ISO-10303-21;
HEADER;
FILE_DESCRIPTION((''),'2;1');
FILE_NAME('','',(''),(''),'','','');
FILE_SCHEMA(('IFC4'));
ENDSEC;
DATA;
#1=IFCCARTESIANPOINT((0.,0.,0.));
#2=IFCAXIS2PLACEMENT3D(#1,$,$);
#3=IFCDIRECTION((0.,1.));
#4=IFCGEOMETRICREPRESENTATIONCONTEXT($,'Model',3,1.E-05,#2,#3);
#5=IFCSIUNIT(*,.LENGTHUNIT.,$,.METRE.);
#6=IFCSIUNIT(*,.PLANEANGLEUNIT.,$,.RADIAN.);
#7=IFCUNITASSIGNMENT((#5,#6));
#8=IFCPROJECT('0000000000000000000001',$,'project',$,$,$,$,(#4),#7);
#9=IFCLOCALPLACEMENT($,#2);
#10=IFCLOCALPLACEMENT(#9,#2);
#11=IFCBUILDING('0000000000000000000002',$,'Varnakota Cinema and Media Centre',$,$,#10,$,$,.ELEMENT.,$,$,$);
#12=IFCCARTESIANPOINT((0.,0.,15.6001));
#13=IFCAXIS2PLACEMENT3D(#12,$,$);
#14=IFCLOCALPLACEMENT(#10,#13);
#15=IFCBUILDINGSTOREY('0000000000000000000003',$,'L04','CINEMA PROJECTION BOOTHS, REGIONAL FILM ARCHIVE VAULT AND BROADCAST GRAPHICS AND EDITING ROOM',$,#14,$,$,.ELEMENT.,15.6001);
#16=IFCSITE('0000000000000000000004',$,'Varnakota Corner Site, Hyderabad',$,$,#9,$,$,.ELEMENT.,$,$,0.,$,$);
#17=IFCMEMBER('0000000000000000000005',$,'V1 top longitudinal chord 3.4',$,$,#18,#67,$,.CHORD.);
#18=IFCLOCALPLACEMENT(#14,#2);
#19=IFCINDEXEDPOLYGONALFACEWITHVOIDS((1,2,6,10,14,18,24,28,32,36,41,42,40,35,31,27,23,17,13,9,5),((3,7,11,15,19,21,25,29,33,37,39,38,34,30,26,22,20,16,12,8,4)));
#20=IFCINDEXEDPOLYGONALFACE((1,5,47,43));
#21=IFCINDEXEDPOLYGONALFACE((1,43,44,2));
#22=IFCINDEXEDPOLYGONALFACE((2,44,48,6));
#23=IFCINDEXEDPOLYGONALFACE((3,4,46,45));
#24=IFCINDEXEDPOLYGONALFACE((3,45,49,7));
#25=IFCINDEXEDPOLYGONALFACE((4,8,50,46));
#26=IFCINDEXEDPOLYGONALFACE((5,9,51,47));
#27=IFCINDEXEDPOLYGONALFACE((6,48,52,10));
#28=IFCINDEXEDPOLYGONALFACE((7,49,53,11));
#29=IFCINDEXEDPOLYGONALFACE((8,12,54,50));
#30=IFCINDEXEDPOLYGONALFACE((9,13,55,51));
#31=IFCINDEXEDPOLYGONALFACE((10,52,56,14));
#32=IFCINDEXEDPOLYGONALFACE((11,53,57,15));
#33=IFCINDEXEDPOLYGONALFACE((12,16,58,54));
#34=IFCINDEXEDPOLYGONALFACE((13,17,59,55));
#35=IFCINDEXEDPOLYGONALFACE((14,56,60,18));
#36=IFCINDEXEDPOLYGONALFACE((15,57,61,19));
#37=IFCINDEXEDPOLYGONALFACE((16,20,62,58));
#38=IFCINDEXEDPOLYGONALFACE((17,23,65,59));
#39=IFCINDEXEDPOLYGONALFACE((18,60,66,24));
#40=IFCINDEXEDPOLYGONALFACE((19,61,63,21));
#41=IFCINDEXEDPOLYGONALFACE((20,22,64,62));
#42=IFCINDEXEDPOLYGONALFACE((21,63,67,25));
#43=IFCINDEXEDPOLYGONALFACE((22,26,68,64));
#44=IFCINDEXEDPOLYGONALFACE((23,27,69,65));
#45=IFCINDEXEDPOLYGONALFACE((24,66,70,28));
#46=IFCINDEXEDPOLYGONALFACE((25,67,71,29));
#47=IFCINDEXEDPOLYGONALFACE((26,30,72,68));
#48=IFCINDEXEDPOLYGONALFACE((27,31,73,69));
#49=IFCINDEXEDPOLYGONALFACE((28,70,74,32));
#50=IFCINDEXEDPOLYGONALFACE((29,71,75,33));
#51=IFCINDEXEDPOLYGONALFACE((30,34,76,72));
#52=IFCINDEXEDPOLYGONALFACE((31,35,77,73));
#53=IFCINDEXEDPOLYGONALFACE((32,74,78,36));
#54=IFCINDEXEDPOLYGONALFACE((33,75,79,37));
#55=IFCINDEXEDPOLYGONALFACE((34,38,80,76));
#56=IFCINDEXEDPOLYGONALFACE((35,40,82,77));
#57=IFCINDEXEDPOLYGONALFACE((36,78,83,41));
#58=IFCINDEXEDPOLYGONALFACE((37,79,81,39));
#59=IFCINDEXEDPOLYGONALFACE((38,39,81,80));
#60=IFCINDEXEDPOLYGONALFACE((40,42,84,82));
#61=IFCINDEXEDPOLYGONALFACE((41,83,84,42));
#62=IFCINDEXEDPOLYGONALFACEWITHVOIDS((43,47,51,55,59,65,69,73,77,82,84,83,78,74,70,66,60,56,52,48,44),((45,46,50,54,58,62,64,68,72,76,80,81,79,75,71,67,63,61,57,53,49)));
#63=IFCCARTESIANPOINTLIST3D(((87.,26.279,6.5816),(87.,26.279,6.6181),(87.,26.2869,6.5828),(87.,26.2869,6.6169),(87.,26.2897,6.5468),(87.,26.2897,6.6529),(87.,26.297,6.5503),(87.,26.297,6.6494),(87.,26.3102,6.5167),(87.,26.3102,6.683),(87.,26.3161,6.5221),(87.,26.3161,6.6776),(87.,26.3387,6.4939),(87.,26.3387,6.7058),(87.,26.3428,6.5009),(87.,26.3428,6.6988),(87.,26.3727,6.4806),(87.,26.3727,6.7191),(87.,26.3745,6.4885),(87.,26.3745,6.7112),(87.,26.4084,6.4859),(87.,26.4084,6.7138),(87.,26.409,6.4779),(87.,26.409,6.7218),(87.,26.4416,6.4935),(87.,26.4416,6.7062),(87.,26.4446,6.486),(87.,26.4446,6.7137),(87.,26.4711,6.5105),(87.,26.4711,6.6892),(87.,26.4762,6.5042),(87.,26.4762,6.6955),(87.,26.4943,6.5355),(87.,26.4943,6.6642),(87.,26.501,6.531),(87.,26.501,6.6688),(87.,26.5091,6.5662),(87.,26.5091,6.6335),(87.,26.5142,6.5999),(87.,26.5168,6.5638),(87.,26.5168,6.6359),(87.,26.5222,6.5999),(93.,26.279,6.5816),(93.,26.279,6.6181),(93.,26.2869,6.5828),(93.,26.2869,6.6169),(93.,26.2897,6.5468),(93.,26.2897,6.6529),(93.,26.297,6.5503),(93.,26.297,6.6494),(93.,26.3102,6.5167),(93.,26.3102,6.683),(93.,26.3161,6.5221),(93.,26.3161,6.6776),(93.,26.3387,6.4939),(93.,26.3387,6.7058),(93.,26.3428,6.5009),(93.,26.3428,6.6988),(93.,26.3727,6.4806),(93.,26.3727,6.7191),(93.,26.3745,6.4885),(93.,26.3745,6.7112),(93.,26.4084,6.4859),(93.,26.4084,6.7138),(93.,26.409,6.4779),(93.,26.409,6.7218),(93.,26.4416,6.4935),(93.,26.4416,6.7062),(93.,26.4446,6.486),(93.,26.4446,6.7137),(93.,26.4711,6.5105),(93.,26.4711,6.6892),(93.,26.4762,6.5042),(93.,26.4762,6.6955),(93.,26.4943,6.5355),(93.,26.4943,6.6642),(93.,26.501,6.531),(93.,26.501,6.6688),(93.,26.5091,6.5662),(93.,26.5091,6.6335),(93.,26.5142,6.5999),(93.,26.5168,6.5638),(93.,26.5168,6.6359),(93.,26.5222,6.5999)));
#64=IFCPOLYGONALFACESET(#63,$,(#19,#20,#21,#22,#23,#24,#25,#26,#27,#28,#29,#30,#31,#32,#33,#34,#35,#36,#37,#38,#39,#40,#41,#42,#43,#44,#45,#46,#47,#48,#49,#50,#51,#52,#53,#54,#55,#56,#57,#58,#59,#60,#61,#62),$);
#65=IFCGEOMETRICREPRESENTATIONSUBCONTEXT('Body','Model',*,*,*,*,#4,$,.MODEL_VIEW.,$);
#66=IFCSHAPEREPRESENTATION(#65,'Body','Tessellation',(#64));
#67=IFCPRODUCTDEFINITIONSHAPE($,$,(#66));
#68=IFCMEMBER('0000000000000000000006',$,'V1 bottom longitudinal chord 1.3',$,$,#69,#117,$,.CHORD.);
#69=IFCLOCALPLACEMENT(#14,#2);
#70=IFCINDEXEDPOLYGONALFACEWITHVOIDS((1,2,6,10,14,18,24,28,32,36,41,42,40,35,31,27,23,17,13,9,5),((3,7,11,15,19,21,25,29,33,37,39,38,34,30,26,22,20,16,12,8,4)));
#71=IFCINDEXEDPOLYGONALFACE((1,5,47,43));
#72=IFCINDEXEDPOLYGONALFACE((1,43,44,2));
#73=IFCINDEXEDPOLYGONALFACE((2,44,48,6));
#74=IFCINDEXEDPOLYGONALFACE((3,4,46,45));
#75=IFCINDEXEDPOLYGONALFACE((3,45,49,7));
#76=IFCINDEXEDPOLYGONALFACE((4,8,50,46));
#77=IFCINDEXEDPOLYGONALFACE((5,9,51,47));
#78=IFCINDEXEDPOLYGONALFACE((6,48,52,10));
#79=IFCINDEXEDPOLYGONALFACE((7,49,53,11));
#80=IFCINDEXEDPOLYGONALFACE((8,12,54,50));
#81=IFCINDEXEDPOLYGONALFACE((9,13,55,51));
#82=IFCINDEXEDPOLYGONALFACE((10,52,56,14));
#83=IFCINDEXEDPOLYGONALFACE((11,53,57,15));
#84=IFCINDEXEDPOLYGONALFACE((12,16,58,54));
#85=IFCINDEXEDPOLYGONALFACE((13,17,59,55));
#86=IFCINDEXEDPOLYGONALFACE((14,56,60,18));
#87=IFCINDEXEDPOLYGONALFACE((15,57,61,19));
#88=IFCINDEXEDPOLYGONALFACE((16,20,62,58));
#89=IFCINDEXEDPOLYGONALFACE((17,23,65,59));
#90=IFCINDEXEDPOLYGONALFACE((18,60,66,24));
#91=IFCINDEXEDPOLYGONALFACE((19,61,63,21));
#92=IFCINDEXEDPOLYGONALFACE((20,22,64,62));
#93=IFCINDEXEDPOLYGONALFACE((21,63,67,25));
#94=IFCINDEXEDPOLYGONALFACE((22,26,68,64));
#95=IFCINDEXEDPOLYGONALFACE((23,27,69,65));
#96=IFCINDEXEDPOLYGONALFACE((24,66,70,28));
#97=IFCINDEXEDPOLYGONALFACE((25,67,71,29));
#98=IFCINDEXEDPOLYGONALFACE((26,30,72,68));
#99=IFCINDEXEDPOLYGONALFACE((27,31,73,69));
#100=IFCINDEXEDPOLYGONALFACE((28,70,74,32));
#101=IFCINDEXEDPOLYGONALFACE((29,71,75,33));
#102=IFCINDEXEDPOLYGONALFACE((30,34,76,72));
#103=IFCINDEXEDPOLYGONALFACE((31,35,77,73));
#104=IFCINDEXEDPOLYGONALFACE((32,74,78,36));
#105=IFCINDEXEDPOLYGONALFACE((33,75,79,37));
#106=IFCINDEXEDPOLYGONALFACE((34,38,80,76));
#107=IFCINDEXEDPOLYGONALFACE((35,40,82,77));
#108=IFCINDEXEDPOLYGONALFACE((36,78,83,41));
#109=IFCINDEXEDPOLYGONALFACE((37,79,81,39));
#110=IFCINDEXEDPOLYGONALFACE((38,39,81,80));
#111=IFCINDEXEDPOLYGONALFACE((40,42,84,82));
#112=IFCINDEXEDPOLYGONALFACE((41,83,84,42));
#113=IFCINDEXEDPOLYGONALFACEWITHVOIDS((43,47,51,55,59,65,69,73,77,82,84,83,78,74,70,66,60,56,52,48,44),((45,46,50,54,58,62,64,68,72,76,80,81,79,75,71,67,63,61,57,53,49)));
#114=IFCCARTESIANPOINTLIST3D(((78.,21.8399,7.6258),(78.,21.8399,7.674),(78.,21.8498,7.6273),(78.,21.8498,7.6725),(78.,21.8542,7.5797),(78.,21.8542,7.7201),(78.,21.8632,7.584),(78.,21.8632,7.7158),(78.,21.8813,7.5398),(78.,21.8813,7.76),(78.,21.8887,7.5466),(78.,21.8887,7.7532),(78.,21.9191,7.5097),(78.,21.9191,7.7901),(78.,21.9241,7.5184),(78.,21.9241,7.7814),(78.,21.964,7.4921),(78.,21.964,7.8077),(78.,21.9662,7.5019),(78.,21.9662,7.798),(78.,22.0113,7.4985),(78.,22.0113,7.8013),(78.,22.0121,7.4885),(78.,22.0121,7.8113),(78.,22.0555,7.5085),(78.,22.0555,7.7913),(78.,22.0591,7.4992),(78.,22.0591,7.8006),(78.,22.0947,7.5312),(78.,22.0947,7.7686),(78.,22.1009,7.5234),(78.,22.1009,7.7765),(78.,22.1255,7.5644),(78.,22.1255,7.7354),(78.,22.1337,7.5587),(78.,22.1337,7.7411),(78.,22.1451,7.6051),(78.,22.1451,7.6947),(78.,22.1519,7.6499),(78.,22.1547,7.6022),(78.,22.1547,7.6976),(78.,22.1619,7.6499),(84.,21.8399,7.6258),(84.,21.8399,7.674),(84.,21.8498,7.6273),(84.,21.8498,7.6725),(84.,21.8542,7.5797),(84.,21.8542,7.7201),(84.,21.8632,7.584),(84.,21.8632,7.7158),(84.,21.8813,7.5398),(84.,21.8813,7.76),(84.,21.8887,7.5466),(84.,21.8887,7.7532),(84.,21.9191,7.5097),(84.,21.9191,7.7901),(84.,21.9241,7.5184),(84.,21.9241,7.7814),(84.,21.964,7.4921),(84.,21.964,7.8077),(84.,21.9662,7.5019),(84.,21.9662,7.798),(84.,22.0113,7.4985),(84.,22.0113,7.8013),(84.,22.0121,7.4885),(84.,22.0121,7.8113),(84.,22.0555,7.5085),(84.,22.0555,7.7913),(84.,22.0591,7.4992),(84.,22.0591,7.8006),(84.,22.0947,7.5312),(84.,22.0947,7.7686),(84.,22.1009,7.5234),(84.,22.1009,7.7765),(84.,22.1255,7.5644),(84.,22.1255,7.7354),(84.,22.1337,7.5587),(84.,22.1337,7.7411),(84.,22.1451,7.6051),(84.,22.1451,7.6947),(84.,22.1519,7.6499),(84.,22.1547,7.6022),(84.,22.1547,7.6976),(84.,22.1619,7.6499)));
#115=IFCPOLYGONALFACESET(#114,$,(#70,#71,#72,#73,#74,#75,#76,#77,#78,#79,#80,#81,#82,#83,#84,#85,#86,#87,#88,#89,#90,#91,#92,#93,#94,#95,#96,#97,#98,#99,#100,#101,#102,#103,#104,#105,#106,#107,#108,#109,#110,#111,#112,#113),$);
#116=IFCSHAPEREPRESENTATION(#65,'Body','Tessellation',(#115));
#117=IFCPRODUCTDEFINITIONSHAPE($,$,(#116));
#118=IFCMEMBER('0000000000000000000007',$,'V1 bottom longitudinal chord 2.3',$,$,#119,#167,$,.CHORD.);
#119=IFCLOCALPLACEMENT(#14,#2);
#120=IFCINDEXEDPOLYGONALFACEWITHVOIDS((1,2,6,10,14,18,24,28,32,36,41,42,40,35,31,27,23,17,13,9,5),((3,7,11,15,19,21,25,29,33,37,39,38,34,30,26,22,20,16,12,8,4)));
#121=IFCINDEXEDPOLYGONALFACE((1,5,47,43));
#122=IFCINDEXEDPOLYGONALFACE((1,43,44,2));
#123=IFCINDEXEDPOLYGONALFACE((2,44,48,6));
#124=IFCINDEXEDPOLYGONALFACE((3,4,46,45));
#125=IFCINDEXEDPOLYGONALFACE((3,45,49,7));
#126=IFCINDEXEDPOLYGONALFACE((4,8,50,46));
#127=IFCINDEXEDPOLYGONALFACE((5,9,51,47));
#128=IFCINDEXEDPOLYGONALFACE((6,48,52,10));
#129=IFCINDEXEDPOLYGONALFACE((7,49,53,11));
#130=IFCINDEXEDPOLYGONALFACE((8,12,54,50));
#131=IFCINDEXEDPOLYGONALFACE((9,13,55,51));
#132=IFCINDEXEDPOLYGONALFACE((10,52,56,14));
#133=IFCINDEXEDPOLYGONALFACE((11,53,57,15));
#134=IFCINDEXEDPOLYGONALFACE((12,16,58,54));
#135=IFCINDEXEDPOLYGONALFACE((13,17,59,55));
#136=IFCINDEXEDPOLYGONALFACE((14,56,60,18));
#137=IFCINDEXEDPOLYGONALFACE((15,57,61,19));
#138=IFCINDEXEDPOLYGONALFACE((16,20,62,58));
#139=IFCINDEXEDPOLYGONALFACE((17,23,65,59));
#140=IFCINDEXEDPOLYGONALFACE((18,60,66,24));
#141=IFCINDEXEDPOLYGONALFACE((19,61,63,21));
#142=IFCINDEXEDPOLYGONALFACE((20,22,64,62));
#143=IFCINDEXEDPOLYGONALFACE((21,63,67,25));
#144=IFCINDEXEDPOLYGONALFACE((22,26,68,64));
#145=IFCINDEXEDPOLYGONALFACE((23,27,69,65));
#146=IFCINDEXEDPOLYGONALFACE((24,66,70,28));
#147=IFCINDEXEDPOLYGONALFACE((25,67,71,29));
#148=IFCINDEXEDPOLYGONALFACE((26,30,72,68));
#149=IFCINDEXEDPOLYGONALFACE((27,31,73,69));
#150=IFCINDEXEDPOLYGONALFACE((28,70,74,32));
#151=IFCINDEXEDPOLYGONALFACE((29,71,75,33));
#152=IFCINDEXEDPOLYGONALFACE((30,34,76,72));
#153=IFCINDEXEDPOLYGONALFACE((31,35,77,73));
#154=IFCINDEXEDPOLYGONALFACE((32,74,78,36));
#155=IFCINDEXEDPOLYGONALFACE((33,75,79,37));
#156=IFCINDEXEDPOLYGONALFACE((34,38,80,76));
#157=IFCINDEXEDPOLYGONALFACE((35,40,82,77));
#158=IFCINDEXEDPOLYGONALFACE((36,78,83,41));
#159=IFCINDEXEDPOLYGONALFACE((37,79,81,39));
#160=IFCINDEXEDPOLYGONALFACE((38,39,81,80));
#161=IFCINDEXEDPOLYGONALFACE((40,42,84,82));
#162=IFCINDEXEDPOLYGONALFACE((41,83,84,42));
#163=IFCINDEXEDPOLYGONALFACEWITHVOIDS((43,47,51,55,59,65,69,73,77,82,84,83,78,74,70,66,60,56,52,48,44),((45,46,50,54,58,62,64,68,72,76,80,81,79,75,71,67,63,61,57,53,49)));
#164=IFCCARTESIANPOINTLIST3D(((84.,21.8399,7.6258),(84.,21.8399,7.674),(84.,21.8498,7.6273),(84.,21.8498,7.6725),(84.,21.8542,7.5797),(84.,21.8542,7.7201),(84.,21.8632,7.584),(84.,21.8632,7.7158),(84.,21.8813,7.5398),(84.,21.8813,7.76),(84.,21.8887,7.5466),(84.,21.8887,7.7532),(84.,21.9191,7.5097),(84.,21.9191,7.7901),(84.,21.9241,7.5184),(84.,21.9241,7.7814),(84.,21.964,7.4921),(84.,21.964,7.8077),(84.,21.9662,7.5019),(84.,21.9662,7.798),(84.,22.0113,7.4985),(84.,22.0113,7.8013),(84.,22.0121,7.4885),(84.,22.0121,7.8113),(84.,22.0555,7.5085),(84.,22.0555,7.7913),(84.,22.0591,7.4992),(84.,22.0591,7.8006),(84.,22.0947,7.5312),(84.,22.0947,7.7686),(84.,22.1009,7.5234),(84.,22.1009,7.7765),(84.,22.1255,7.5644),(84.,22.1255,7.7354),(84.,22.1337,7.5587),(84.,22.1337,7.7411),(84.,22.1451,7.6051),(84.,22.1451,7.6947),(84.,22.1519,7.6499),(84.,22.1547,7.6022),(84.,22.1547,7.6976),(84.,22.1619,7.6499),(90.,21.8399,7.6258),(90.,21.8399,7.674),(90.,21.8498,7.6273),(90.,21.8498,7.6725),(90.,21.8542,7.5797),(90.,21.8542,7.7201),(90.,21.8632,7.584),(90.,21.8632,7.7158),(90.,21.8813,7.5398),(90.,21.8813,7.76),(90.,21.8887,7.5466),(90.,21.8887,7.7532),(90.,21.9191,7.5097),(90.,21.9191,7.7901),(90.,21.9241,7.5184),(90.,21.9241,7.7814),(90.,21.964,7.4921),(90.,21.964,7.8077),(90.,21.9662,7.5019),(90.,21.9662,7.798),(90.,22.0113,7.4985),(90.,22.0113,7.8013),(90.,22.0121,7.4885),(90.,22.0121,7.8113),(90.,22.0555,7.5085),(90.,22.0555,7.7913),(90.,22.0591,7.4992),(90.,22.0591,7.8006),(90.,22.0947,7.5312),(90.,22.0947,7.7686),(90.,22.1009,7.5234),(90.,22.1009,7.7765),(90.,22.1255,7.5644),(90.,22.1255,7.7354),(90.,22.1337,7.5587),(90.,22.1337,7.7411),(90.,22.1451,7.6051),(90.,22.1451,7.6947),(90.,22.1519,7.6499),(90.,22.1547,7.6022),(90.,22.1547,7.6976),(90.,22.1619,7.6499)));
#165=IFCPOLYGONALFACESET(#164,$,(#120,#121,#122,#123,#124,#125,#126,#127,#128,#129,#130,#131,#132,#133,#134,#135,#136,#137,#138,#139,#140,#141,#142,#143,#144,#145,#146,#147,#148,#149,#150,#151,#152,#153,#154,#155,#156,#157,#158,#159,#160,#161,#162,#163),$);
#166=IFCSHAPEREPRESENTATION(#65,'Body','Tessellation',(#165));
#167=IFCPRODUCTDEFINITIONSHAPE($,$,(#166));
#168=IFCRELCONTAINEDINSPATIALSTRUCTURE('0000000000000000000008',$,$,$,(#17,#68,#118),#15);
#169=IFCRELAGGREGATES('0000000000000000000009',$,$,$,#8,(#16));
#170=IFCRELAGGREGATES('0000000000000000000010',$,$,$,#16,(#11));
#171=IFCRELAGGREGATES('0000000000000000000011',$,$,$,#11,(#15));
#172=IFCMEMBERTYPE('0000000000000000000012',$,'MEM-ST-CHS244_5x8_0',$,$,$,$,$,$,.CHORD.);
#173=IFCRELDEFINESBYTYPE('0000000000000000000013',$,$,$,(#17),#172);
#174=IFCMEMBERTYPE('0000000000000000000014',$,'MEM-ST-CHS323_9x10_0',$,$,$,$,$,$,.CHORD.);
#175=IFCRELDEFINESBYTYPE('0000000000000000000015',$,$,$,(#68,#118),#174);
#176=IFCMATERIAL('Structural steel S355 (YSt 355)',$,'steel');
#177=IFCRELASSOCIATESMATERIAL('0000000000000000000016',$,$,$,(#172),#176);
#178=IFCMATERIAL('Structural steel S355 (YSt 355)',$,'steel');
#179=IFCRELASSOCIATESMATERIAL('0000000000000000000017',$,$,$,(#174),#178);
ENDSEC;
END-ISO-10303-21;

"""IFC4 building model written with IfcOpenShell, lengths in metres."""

from ifc_helpers import new_model, si_unit, direction, frame, origin, origin_2d, place, context, subcontext, project, spatial, hollow_circle, extrude, material, material_profile, profile_set, type_object, element, save


model = new_model("IFC4")

# Units and contexts
model_context = context("Model", 3, precision=1e-05, world=origin(), true_north=direction((0.0, 1.0)))
body_context = subcontext(model_context, "Body", "Model", "MODEL_VIEW")
ifc_project = project(units=[si_unit("LENGTHUNIT", "METRE"), si_unit("PLANEANGLEUNIT", "RADIAN")], contexts=[model_context])

# Site, building, storey
site_placement = place(None, origin())
site = spatial("IfcSite", under=ifc_project, at=site_placement, Name="Varnakota Corner Site, Hyderabad", CompositionType="ELEMENT", RefElevation=0.0)
building_placement = place(site_placement, origin())
building = spatial("IfcBuilding", under=site, at=building_placement, Name="Varnakota Cinema and Media Centre", CompositionType="ELEMENT")
storey_placement = place(building_placement, frame((0.0, 0.0, 15.6001)))
storey = spatial("IfcBuildingStorey", under=building, at=storey_placement, Name="L04", Description="CINEMA PROJECTION BOOTHS, REGIONAL FILM ARCHIVE VAULT AND BROADCAST GRAPHICS AND EDITING ROOM", CompositionType="ELEMENT", Elevation=15.6001)

# Members
ifc_material_1 = material(Name="Structural steel S355 (YSt 355)", Category="steel")
ifc_material_profile_1 = material_profile(ifc_material_1, hollow_circle(Radius=0.1223, WallThickness=0.0081, at=origin_2d()), Name="CHS 244.5x8.0")
ifc_profile_set_1 = profile_set([ifc_material_profile_1], Name="Structural steel S355 (YSt 355)")
member_type_1 = type_object("IfcMemberType", Name="MEM-ST-CHS244_5x8_0", PredefinedType="CHORD", material=ifc_profile_set_1)
for number, where, z_axis, x_axis, name in (
    (1, (87.0, 26.3999, 6.5999), (1.0, 0.0, 0.0), (0.0, 1.0, 0.0), "V1 top longitudinal chord 3.4"),
):
    element("IfcMember", number, at=place(storey_placement, frame(where, z_axis=z_axis, x_axis=x_axis)), inside=storey, type_object=member_type_1, Name=name, PredefinedType="CHORD", context=body_context, shape_type="SweptSolid", body=[
        extrude(hollow_circle(Radius=0.1223, WallThickness=0.0081, at=origin_2d()), origin(), (0.0, 0.0, 1.0), 6.0),
    ])
ifc_material_2 = material(Name="Structural steel S355 (YSt 355)", Category="steel")
ifc_material_profile_2 = material_profile(ifc_material_2, hollow_circle(Radius=0.1619, WallThickness=0.01, at=origin_2d()), Name="CHS 323.9x10.0")
ifc_profile_set_2 = profile_set([ifc_material_profile_2], Name="Structural steel S355 (YSt 355)")
member_type_2 = type_object("IfcMemberType", Name="MEM-ST-CHS323_9x10_0", PredefinedType="CHORD", material=ifc_profile_set_2)
for number, where, z_axis, x_axis, name in (
    (2, (78.0, 22.0, 7.6499), (1.0, 0.0, 0.0), (0.0, 1.0, 0.0), "V1 bottom longitudinal chord 1.3"),
    (3, (84.0, 22.0, 7.6499), (1.0, 0.0, 0.0), (0.0, 1.0, 0.0), "V1 bottom longitudinal chord 2.3"),
):
    element("IfcMember", number, at=place(storey_placement, frame(where, z_axis=z_axis, x_axis=x_axis)), inside=storey, type_object=member_type_2, Name=name, PredefinedType="CHORD", context=body_context, shape_type="SweptSolid", body=[
        extrude(hollow_circle(Radius=0.1619, WallThickness=0.01, at=origin_2d()), origin(), (0.0, 0.0, 1.0), 6.0),
    ])

save(model, "model.ifc")
